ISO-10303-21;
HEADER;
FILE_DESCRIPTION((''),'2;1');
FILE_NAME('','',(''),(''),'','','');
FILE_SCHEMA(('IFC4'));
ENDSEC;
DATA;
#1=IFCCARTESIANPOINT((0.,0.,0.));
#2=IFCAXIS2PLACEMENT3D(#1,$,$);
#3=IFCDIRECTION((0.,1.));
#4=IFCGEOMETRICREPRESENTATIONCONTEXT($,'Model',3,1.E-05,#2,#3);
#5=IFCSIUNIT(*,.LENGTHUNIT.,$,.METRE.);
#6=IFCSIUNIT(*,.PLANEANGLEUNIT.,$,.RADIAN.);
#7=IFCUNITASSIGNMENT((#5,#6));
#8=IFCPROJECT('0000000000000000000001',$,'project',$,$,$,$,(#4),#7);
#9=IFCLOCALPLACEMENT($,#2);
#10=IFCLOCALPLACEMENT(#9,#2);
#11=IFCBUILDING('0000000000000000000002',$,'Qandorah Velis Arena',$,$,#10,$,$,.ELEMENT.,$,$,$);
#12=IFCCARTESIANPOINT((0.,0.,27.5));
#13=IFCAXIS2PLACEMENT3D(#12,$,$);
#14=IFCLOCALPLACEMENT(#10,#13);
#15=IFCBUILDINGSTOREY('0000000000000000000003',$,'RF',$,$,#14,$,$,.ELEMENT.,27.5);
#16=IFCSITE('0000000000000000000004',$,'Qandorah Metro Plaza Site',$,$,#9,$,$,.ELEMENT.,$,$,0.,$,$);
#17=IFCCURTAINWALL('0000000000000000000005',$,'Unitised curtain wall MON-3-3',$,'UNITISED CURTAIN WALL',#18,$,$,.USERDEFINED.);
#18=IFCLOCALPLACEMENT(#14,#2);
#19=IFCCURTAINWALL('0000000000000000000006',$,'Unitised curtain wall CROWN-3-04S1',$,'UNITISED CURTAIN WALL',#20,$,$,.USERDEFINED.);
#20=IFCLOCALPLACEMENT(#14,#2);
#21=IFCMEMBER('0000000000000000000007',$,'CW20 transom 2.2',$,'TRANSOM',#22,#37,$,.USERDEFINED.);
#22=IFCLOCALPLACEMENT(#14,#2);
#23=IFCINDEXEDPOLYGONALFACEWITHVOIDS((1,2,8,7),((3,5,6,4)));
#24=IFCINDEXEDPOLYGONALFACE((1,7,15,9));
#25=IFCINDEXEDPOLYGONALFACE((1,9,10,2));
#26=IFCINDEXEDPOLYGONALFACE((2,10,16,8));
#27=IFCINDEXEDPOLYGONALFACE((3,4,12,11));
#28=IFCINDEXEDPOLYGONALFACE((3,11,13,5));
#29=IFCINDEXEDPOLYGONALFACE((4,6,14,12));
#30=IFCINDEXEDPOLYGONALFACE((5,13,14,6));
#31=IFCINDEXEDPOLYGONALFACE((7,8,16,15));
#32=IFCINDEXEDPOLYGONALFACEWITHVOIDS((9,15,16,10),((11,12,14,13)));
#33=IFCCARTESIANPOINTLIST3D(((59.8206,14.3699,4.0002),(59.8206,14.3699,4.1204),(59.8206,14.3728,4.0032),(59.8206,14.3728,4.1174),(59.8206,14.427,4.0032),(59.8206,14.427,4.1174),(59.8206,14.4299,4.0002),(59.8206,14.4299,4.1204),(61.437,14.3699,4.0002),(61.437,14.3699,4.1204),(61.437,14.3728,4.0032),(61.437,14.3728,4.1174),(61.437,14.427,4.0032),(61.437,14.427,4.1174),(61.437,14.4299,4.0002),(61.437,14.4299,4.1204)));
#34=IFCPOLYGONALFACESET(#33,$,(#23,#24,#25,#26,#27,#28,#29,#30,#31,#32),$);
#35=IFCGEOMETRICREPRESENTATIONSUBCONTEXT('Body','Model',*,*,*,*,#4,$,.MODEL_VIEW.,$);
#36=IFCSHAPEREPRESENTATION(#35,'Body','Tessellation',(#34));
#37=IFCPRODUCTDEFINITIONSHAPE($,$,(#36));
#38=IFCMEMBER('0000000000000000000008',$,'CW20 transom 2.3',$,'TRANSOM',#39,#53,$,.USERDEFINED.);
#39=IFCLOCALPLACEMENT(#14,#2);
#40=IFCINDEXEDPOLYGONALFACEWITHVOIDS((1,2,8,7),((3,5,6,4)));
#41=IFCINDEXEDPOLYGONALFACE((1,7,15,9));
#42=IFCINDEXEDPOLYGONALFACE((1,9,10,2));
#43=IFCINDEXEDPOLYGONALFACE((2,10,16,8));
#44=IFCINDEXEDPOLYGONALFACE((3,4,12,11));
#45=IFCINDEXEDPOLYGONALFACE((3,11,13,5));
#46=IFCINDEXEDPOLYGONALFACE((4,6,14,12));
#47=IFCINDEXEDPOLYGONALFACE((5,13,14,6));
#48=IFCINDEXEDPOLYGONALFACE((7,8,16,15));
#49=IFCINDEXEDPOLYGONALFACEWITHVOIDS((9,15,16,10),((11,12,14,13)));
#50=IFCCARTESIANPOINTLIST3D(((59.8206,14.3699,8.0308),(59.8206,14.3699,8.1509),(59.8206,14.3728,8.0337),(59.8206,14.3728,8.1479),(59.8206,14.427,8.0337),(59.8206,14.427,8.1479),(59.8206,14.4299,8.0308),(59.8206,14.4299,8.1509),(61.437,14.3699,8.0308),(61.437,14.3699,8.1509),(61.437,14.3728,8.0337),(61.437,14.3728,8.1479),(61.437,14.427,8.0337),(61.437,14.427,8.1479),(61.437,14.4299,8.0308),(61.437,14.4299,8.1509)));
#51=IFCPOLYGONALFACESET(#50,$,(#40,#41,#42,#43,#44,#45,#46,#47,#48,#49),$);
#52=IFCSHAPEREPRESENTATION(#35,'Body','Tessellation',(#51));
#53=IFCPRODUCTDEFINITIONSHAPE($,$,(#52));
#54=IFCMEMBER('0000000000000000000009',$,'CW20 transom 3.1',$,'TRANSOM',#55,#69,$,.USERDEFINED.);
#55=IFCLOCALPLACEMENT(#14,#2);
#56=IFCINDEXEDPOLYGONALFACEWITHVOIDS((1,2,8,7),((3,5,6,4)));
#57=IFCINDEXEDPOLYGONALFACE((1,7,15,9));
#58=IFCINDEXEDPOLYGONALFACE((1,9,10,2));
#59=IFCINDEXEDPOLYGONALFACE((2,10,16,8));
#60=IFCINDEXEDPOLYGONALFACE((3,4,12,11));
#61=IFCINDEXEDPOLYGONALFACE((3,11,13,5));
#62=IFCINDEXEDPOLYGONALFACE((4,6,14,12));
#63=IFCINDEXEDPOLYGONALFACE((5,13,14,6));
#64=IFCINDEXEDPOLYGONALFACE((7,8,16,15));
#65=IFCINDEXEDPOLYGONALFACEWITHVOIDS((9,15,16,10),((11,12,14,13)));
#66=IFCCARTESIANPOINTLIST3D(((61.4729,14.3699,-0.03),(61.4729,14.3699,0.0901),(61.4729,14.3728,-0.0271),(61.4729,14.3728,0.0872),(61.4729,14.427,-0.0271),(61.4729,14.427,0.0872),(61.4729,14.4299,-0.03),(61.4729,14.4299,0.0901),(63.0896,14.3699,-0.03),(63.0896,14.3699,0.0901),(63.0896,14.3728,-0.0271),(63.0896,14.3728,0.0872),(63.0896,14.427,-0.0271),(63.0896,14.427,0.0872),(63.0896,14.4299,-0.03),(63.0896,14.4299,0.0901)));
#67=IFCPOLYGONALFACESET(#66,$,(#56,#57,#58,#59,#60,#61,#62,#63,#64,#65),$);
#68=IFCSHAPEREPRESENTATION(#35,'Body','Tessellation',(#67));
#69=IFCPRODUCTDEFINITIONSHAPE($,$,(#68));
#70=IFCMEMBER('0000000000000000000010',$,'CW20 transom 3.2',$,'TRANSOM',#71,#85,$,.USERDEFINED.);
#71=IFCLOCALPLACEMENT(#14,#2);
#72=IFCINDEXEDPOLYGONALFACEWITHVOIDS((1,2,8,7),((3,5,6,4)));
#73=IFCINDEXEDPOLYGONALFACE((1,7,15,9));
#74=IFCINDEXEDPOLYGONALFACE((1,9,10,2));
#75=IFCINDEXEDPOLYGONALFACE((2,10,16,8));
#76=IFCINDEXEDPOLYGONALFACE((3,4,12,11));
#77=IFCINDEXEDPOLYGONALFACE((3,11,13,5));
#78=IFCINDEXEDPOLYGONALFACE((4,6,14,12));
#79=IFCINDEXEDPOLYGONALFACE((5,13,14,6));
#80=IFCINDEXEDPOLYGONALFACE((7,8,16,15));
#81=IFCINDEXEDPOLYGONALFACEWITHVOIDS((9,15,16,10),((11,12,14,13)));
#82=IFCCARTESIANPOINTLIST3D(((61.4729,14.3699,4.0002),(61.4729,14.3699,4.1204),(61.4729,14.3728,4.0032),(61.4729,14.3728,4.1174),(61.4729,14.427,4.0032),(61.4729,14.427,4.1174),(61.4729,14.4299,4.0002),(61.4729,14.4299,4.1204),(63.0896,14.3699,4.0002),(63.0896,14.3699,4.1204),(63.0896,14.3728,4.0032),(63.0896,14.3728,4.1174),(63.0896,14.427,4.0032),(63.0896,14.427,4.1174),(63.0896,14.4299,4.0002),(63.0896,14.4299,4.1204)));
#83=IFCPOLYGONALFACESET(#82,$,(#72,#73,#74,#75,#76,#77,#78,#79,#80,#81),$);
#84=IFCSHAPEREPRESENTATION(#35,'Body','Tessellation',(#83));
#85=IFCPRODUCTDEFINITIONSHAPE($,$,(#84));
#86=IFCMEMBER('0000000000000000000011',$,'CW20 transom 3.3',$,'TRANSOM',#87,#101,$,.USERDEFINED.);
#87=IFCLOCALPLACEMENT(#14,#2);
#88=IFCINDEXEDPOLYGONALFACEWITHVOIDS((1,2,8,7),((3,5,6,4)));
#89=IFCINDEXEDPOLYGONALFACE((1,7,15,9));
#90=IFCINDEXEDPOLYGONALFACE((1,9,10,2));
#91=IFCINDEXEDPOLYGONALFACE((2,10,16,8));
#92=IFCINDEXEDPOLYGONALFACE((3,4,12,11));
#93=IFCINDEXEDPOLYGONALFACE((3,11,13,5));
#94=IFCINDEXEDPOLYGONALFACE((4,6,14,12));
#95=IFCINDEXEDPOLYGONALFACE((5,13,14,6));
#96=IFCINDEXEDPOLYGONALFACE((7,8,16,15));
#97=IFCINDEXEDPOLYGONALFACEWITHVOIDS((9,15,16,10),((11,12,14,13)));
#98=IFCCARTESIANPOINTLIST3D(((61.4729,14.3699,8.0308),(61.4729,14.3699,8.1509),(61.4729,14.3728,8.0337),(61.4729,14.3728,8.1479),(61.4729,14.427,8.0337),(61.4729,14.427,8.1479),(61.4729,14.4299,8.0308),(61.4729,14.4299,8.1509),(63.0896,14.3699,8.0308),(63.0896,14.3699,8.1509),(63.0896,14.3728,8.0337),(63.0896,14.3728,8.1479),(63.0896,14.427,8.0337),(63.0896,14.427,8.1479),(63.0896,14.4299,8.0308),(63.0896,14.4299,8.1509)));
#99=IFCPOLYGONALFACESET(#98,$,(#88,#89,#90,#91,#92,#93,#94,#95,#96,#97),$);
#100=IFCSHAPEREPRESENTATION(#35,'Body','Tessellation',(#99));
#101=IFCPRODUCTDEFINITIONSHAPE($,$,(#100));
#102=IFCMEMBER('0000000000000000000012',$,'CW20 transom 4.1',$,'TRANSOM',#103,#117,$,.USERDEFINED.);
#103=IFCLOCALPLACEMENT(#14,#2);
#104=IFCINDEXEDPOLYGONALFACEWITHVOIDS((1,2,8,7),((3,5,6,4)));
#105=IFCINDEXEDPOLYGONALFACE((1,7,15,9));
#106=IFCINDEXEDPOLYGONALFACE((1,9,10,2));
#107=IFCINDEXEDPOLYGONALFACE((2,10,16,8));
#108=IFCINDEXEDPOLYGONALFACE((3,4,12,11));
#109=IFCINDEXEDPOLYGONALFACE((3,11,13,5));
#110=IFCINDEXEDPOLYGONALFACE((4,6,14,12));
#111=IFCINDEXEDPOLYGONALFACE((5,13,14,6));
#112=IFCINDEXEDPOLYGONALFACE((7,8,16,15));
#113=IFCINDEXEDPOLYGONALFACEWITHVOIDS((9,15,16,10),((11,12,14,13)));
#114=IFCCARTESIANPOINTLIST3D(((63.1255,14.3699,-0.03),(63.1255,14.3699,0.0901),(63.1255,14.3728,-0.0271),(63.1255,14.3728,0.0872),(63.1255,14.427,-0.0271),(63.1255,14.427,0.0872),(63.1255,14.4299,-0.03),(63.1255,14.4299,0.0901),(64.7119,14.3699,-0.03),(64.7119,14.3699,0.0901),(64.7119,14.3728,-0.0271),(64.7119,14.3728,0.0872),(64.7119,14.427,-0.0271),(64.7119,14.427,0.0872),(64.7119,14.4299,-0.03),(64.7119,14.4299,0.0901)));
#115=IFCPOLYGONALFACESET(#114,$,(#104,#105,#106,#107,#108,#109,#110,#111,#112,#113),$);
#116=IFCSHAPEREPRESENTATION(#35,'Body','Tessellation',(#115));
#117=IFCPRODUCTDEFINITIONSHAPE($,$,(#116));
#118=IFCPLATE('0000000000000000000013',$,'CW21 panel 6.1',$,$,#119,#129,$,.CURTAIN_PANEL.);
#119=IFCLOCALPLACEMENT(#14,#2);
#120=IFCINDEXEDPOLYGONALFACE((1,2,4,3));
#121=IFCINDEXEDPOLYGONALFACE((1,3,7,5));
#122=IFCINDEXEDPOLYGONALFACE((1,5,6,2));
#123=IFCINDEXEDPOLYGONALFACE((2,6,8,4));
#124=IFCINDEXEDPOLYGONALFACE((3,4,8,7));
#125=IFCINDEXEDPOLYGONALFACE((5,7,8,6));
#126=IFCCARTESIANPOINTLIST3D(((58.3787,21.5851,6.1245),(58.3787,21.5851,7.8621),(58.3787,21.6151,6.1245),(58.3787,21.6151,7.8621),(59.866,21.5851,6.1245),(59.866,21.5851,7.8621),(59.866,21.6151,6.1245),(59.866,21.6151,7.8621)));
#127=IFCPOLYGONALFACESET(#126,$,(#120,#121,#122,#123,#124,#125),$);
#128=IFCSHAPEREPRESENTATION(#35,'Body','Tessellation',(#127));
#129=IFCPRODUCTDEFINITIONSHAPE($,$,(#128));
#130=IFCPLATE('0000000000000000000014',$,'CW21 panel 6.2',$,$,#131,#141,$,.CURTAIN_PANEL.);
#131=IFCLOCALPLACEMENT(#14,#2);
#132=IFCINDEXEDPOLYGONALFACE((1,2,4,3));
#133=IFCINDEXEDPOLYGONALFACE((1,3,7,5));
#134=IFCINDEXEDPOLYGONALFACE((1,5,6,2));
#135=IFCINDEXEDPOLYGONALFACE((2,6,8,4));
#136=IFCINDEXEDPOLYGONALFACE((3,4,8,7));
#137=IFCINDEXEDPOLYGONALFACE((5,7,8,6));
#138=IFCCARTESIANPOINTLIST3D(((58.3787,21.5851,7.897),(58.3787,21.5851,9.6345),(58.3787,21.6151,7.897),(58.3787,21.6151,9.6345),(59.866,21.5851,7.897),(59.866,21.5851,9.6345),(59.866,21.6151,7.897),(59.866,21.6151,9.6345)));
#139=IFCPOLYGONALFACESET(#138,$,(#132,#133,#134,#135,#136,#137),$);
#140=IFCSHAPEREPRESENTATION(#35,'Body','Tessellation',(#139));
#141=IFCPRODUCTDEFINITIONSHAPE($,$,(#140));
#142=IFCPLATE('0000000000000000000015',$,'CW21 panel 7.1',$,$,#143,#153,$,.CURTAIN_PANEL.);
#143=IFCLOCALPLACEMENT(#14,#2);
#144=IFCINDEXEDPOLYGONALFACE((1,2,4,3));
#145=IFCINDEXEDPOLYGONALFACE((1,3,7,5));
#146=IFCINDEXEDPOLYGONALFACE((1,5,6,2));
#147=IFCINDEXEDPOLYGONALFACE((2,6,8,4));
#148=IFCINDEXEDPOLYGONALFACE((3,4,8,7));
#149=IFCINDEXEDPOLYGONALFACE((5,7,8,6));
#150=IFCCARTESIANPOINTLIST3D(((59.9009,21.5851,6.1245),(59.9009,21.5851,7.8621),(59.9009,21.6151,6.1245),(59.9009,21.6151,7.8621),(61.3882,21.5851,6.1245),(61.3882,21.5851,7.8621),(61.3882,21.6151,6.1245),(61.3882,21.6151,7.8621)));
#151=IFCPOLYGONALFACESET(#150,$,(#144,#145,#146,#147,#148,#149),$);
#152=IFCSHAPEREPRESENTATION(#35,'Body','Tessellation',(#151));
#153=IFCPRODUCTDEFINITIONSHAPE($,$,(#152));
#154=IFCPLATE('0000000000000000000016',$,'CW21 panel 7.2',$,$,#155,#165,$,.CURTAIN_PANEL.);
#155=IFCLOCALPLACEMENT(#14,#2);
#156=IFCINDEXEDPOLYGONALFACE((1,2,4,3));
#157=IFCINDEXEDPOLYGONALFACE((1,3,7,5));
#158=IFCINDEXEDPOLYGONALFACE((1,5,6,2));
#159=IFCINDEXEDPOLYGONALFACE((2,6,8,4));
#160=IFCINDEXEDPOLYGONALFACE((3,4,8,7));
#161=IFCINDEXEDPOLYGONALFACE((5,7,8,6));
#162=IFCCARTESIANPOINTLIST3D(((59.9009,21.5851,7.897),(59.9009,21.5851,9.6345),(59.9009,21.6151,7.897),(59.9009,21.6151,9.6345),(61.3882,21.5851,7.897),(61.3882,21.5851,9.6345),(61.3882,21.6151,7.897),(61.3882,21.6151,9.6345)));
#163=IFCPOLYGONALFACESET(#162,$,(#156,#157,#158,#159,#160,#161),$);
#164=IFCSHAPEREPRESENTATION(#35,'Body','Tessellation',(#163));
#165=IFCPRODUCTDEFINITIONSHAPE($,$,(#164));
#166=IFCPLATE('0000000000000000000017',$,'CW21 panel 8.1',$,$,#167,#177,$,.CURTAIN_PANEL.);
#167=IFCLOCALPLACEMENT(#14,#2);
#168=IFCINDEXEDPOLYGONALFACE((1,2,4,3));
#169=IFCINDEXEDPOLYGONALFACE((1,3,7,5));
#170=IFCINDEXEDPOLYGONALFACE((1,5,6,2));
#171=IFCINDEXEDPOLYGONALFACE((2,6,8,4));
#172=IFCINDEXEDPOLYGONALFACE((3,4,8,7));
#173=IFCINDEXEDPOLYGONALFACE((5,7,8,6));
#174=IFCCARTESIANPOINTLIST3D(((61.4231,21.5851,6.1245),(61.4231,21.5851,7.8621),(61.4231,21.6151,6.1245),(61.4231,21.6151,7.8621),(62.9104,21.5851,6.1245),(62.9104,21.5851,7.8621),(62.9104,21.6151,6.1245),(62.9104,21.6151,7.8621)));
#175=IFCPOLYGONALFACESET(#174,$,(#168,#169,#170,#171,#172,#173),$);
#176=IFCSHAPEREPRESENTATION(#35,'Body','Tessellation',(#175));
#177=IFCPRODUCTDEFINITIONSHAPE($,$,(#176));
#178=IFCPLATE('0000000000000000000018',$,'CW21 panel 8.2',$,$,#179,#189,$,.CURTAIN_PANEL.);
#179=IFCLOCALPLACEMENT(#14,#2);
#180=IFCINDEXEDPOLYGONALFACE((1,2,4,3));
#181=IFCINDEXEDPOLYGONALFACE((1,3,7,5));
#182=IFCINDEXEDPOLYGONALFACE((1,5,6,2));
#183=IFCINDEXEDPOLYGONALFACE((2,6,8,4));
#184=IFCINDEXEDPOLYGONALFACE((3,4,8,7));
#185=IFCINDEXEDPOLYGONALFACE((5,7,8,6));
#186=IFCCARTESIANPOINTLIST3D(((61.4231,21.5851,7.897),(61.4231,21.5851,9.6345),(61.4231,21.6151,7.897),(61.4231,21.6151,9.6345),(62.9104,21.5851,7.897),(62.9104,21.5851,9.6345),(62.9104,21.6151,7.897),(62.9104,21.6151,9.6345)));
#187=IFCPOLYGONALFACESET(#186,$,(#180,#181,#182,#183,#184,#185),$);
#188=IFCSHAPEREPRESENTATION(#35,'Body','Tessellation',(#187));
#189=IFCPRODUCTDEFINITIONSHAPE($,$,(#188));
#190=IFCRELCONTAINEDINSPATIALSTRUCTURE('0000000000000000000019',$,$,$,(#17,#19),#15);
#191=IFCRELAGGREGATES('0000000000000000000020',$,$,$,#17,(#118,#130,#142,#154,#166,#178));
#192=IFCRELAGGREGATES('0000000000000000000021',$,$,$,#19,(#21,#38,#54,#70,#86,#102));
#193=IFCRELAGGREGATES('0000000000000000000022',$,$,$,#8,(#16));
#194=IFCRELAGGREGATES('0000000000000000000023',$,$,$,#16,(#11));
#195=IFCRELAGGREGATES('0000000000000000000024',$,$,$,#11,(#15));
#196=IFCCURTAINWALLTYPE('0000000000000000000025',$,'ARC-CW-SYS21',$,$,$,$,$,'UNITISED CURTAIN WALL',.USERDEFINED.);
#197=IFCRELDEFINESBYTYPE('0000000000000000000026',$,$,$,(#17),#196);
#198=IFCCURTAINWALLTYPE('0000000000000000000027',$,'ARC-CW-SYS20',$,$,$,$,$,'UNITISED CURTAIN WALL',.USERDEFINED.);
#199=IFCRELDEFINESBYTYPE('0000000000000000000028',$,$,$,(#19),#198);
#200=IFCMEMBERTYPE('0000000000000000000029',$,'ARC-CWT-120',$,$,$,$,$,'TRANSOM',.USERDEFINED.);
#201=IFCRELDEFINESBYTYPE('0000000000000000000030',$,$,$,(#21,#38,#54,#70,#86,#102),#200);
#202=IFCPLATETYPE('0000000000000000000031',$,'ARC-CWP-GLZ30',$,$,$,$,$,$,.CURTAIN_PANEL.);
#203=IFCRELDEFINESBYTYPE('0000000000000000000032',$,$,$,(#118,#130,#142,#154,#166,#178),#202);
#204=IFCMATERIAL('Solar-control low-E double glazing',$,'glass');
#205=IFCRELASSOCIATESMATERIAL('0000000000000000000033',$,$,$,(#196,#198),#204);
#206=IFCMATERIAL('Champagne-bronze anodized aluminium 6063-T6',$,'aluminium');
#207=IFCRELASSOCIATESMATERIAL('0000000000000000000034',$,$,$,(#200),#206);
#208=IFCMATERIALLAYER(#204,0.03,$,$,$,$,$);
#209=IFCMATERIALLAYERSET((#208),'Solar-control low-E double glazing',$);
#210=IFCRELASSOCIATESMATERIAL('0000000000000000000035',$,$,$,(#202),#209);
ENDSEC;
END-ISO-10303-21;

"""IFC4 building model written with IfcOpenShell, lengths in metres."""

from ifc_helpers import new_model, si_unit, direction, frame, origin, origin_2d, place, context, subcontext, project, spatial, rectangle, hollow_rectangle, extrude, material, layer, layer_set, material_profile, profile_set, type_object, element, aggregate, save


model = new_model("IFC4")

# Units and contexts
model_context = context("Model", 3, precision=1e-05, world=origin(), true_north=direction((0.0, 1.0)))
body_context = subcontext(model_context, "Body", "Model", "MODEL_VIEW")
ifc_project = project(units=[si_unit("LENGTHUNIT", "METRE"), si_unit("PLANEANGLEUNIT", "RADIAN")], contexts=[model_context])

# Site, building, storey
site_placement = place(None, origin())
site = spatial("IfcSite", under=ifc_project, at=site_placement, Name="Qandorah Metro Plaza Site", CompositionType="ELEMENT", RefElevation=0.0)
building_placement = place(site_placement, origin())
building = spatial("IfcBuilding", under=site, at=building_placement, Name="Qandorah Velis Arena", CompositionType="ELEMENT")
storey_placement = place(building_placement, frame((0.0, 0.0, 27.5)))
storey = spatial("IfcBuildingStorey", under=building, at=storey_placement, Name="RF", CompositionType="ELEMENT", Elevation=27.5)

# Curtain walls
ifc_material_1 = material(Name="Solar-control low-E double glazing", Category="glass")
curtain_wall_type_1 = type_object("IfcCurtainWallType", Name="ARC-CW-SYS21", ElementType="UNITISED CURTAIN WALL", PredefinedType="USERDEFINED", material=ifc_material_1)
curtain_wall_1_placement = place(storey_placement, origin())
curtain_wall_1 = element("IfcCurtainWall", 1, at=curtain_wall_1_placement, inside=storey, type_object=curtain_wall_type_1, Name="Unitised curtain wall MON-3-3", ObjectType="UNITISED CURTAIN WALL", PredefinedType="USERDEFINED")
ifc_material_2 = material(Name="Champagne-bronze anodized aluminium 6063-T6", Category="aluminium")
curtain_wall_type_2 = type_object("IfcCurtainWallType", Name="ARC-CW-SYS20", ElementType="UNITISED CURTAIN WALL", PredefinedType="USERDEFINED", material=ifc_material_1)
curtain_wall_2_placement = place(storey_placement, origin())
curtain_wall_2 = element("IfcCurtainWall", 2, at=curtain_wall_2_placement, inside=storey, type_object=curtain_wall_type_2, Name="Unitised curtain wall CROWN-3-04S1", ObjectType="UNITISED CURTAIN WALL", PredefinedType="USERDEFINED")

# Members
ifc_material_profile_1 = material_profile(ifc_material_2, hollow_rectangle(XDim=0.0601, YDim=0.1201, WallThickness=0.0029, at=origin_2d()), Name="ALU TRANSOM 60x120")
ifc_profile_set_1 = profile_set([ifc_material_profile_1], Name="Champagne-bronze anodized aluminium 6063-T6")
member_type_1 = type_object("IfcMemberType", Name="ARC-CWT-120", ElementType="TRANSOM", PredefinedType="USERDEFINED", material=ifc_profile_set_1)
member_1_placement = place(storey_placement, frame((59.8206, 14.3999, 4.0603), z_axis=(1.0, 0.0, 0.0), x_axis=(0.0, 1.0, 0.0)))
member_1 = element("IfcMember", 3, at=member_1_placement, type_object=member_type_1, Name="CW20 transom 2.2", ObjectType="TRANSOM", PredefinedType="USERDEFINED", context=body_context, shape_type="SweptSolid", body=[
    extrude(hollow_rectangle(XDim=0.0601, YDim=0.1201, WallThickness=0.0029, at=origin_2d()), origin(), (0.0, 0.0, 1.0), 1.6165),
])
member_2_placement = place(storey_placement, frame((59.8206, 14.3999, 8.0908), z_axis=(1.0, 0.0, 0.0), x_axis=(0.0, 1.0, 0.0)))
member_2 = element("IfcMember", 4, at=member_2_placement, type_object=member_type_1, Name="CW20 transom 2.3", ObjectType="TRANSOM", PredefinedType="USERDEFINED", context=body_context, shape_type="SweptSolid", body=[
    extrude(hollow_rectangle(XDim=0.0601, YDim=0.1201, WallThickness=0.0029, at=origin_2d()), origin(), (0.0, 0.0, 1.0), 1.6165),
])
member_3_placement = place(storey_placement, frame((61.4729, 14.3999, 0.03), z_axis=(1.0, 0.0, 0.0), x_axis=(0.0, 1.0, 0.0)))
member_3 = element("IfcMember", 5, at=member_3_placement, type_object=member_type_1, Name="CW20 transom 3.1", ObjectType="TRANSOM", PredefinedType="USERDEFINED", context=body_context, shape_type="SweptSolid", body=[
    extrude(hollow_rectangle(XDim=0.0601, YDim=0.1201, WallThickness=0.0029, at=origin_2d()), origin(), (0.0, 0.0, 1.0), 1.6167),
])
member_4_placement = place(storey_placement, frame((61.4729, 14.3999, 4.0603), z_axis=(1.0, 0.0, 0.0), x_axis=(0.0, 1.0, 0.0)))
member_4 = element("IfcMember", 6, at=member_4_placement, type_object=member_type_1, Name="CW20 transom 3.2", ObjectType="TRANSOM", PredefinedType="USERDEFINED", context=body_context, shape_type="SweptSolid", body=[
    extrude(hollow_rectangle(XDim=0.0601, YDim=0.1201, WallThickness=0.0029, at=origin_2d()), origin(), (0.0, 0.0, 1.0), 1.6167),
])
member_5_placement = place(storey_placement, frame((61.4729, 14.3999, 8.0908), z_axis=(1.0, 0.0, 0.0), x_axis=(0.0, 1.0, 0.0)))
member_5 = element("IfcMember", 7, at=member_5_placement, type_object=member_type_1, Name="CW20 transom 3.3", ObjectType="TRANSOM", PredefinedType="USERDEFINED", context=body_context, shape_type="SweptSolid", body=[
    extrude(hollow_rectangle(XDim=0.0601, YDim=0.1201, WallThickness=0.0029, at=origin_2d()), origin(), (0.0, 0.0, 1.0), 1.6167),
])
member_6_placement = place(storey_placement, frame((63.1255, 14.3999, 0.03), z_axis=(1.0, 0.0, 0.0), x_axis=(0.0, 1.0, 0.0)))
member_6 = element("IfcMember", 8, at=member_6_placement, type_object=member_type_1, Name="CW20 transom 4.1", ObjectType="TRANSOM", PredefinedType="USERDEFINED", context=body_context, shape_type="SweptSolid", body=[
    extrude(hollow_rectangle(XDim=0.0601, YDim=0.1201, WallThickness=0.0029, at=origin_2d()), origin(), (0.0, 0.0, 1.0), 1.5864),
])

# Plates
ifc_layer_1 = layer(ifc_material_1, 0.03)
ifc_layer_set_1 = layer_set([ifc_layer_1], Name="Solar-control low-E double glazing")
plate_type_1 = type_object("IfcPlateType", Name="ARC-CWP-GLZ30", PredefinedType="CURTAIN_PANEL", material=ifc_layer_set_1)
plate_1_placement = place(storey_placement, frame((59.1223, 21.6001, 6.1245), z_axis=(0.0, 0.0, 1.0), x_axis=(1.0, 0.0, 0.0)))
plate_1 = element("IfcPlate", 9, at=plate_1_placement, type_object=plate_type_1, Name="CW21 panel 6.1", PredefinedType="CURTAIN_PANEL", context=body_context, shape_type="SweptSolid", body=[
    extrude(rectangle(XDim=1.4873, YDim=0.03, at=origin_2d()), origin(), (0.0, 0.0, 1.0), 1.7375),
])
plate_2_placement = place(storey_placement, frame((59.1223, 21.6001, 7.897), z_axis=(0.0, 0.0, 1.0), x_axis=(1.0, 0.0, 0.0)))
plate_2 = element("IfcPlate", 10, at=plate_2_placement, type_object=plate_type_1, Name="CW21 panel 6.2", PredefinedType="CURTAIN_PANEL", context=body_context, shape_type="SweptSolid", body=[
    extrude(rectangle(XDim=1.4873, YDim=0.03, at=origin_2d()), origin(), (0.0, 0.0, 1.0), 1.7375),
])
plate_3_placement = place(storey_placement, frame((60.6445, 21.6001, 6.1245), z_axis=(0.0, 0.0, 1.0), x_axis=(1.0, 0.0, 0.0)))
plate_3 = element("IfcPlate", 11, at=plate_3_placement, type_object=plate_type_1, Name="CW21 panel 7.1", PredefinedType="CURTAIN_PANEL", context=body_context, shape_type="SweptSolid", body=[
    extrude(rectangle(XDim=1.4873, YDim=0.03, at=origin_2d()), origin(), (0.0, 0.0, 1.0), 1.7375),
])
plate_4_placement = place(storey_placement, frame((60.6445, 21.6001, 7.897), z_axis=(0.0, 0.0, 1.0), x_axis=(1.0, 0.0, 0.0)))
plate_4 = element("IfcPlate", 12, at=plate_4_placement, type_object=plate_type_1, Name="CW21 panel 7.2", PredefinedType="CURTAIN_PANEL", context=body_context, shape_type="SweptSolid", body=[
    extrude(rectangle(XDim=1.4873, YDim=0.03, at=origin_2d()), origin(), (0.0, 0.0, 1.0), 1.7375),
])
plate_5_placement = place(storey_placement, frame((62.1667, 21.6001, 6.1245), z_axis=(0.0, 0.0, 1.0), x_axis=(1.0, 0.0, 0.0)))
plate_5 = element("IfcPlate", 13, at=plate_5_placement, type_object=plate_type_1, Name="CW21 panel 8.1", PredefinedType="CURTAIN_PANEL", context=body_context, shape_type="SweptSolid", body=[
    extrude(rectangle(XDim=1.4873, YDim=0.03, at=origin_2d()), origin(), (0.0, 0.0, 1.0), 1.7375),
])
plate_6_placement = place(storey_placement, frame((62.1667, 21.6001, 7.897), z_axis=(0.0, 0.0, 1.0), x_axis=(1.0, 0.0, 0.0)))
plate_6 = element("IfcPlate", 14, at=plate_6_placement, type_object=plate_type_1, Name="CW21 panel 8.2", PredefinedType="CURTAIN_PANEL", context=body_context, shape_type="SweptSolid", body=[
    extrude(rectangle(XDim=1.4873, YDim=0.03, at=origin_2d()), origin(), (0.0, 0.0, 1.0), 1.7375),
])
aggregate(curtain_wall_1, [plate_1, plate_2, plate_3, plate_4, plate_5, plate_6])
aggregate(curtain_wall_2, [member_1, member_2, member_3, member_4, member_5, member_6])

save(model, "model.ifc")
